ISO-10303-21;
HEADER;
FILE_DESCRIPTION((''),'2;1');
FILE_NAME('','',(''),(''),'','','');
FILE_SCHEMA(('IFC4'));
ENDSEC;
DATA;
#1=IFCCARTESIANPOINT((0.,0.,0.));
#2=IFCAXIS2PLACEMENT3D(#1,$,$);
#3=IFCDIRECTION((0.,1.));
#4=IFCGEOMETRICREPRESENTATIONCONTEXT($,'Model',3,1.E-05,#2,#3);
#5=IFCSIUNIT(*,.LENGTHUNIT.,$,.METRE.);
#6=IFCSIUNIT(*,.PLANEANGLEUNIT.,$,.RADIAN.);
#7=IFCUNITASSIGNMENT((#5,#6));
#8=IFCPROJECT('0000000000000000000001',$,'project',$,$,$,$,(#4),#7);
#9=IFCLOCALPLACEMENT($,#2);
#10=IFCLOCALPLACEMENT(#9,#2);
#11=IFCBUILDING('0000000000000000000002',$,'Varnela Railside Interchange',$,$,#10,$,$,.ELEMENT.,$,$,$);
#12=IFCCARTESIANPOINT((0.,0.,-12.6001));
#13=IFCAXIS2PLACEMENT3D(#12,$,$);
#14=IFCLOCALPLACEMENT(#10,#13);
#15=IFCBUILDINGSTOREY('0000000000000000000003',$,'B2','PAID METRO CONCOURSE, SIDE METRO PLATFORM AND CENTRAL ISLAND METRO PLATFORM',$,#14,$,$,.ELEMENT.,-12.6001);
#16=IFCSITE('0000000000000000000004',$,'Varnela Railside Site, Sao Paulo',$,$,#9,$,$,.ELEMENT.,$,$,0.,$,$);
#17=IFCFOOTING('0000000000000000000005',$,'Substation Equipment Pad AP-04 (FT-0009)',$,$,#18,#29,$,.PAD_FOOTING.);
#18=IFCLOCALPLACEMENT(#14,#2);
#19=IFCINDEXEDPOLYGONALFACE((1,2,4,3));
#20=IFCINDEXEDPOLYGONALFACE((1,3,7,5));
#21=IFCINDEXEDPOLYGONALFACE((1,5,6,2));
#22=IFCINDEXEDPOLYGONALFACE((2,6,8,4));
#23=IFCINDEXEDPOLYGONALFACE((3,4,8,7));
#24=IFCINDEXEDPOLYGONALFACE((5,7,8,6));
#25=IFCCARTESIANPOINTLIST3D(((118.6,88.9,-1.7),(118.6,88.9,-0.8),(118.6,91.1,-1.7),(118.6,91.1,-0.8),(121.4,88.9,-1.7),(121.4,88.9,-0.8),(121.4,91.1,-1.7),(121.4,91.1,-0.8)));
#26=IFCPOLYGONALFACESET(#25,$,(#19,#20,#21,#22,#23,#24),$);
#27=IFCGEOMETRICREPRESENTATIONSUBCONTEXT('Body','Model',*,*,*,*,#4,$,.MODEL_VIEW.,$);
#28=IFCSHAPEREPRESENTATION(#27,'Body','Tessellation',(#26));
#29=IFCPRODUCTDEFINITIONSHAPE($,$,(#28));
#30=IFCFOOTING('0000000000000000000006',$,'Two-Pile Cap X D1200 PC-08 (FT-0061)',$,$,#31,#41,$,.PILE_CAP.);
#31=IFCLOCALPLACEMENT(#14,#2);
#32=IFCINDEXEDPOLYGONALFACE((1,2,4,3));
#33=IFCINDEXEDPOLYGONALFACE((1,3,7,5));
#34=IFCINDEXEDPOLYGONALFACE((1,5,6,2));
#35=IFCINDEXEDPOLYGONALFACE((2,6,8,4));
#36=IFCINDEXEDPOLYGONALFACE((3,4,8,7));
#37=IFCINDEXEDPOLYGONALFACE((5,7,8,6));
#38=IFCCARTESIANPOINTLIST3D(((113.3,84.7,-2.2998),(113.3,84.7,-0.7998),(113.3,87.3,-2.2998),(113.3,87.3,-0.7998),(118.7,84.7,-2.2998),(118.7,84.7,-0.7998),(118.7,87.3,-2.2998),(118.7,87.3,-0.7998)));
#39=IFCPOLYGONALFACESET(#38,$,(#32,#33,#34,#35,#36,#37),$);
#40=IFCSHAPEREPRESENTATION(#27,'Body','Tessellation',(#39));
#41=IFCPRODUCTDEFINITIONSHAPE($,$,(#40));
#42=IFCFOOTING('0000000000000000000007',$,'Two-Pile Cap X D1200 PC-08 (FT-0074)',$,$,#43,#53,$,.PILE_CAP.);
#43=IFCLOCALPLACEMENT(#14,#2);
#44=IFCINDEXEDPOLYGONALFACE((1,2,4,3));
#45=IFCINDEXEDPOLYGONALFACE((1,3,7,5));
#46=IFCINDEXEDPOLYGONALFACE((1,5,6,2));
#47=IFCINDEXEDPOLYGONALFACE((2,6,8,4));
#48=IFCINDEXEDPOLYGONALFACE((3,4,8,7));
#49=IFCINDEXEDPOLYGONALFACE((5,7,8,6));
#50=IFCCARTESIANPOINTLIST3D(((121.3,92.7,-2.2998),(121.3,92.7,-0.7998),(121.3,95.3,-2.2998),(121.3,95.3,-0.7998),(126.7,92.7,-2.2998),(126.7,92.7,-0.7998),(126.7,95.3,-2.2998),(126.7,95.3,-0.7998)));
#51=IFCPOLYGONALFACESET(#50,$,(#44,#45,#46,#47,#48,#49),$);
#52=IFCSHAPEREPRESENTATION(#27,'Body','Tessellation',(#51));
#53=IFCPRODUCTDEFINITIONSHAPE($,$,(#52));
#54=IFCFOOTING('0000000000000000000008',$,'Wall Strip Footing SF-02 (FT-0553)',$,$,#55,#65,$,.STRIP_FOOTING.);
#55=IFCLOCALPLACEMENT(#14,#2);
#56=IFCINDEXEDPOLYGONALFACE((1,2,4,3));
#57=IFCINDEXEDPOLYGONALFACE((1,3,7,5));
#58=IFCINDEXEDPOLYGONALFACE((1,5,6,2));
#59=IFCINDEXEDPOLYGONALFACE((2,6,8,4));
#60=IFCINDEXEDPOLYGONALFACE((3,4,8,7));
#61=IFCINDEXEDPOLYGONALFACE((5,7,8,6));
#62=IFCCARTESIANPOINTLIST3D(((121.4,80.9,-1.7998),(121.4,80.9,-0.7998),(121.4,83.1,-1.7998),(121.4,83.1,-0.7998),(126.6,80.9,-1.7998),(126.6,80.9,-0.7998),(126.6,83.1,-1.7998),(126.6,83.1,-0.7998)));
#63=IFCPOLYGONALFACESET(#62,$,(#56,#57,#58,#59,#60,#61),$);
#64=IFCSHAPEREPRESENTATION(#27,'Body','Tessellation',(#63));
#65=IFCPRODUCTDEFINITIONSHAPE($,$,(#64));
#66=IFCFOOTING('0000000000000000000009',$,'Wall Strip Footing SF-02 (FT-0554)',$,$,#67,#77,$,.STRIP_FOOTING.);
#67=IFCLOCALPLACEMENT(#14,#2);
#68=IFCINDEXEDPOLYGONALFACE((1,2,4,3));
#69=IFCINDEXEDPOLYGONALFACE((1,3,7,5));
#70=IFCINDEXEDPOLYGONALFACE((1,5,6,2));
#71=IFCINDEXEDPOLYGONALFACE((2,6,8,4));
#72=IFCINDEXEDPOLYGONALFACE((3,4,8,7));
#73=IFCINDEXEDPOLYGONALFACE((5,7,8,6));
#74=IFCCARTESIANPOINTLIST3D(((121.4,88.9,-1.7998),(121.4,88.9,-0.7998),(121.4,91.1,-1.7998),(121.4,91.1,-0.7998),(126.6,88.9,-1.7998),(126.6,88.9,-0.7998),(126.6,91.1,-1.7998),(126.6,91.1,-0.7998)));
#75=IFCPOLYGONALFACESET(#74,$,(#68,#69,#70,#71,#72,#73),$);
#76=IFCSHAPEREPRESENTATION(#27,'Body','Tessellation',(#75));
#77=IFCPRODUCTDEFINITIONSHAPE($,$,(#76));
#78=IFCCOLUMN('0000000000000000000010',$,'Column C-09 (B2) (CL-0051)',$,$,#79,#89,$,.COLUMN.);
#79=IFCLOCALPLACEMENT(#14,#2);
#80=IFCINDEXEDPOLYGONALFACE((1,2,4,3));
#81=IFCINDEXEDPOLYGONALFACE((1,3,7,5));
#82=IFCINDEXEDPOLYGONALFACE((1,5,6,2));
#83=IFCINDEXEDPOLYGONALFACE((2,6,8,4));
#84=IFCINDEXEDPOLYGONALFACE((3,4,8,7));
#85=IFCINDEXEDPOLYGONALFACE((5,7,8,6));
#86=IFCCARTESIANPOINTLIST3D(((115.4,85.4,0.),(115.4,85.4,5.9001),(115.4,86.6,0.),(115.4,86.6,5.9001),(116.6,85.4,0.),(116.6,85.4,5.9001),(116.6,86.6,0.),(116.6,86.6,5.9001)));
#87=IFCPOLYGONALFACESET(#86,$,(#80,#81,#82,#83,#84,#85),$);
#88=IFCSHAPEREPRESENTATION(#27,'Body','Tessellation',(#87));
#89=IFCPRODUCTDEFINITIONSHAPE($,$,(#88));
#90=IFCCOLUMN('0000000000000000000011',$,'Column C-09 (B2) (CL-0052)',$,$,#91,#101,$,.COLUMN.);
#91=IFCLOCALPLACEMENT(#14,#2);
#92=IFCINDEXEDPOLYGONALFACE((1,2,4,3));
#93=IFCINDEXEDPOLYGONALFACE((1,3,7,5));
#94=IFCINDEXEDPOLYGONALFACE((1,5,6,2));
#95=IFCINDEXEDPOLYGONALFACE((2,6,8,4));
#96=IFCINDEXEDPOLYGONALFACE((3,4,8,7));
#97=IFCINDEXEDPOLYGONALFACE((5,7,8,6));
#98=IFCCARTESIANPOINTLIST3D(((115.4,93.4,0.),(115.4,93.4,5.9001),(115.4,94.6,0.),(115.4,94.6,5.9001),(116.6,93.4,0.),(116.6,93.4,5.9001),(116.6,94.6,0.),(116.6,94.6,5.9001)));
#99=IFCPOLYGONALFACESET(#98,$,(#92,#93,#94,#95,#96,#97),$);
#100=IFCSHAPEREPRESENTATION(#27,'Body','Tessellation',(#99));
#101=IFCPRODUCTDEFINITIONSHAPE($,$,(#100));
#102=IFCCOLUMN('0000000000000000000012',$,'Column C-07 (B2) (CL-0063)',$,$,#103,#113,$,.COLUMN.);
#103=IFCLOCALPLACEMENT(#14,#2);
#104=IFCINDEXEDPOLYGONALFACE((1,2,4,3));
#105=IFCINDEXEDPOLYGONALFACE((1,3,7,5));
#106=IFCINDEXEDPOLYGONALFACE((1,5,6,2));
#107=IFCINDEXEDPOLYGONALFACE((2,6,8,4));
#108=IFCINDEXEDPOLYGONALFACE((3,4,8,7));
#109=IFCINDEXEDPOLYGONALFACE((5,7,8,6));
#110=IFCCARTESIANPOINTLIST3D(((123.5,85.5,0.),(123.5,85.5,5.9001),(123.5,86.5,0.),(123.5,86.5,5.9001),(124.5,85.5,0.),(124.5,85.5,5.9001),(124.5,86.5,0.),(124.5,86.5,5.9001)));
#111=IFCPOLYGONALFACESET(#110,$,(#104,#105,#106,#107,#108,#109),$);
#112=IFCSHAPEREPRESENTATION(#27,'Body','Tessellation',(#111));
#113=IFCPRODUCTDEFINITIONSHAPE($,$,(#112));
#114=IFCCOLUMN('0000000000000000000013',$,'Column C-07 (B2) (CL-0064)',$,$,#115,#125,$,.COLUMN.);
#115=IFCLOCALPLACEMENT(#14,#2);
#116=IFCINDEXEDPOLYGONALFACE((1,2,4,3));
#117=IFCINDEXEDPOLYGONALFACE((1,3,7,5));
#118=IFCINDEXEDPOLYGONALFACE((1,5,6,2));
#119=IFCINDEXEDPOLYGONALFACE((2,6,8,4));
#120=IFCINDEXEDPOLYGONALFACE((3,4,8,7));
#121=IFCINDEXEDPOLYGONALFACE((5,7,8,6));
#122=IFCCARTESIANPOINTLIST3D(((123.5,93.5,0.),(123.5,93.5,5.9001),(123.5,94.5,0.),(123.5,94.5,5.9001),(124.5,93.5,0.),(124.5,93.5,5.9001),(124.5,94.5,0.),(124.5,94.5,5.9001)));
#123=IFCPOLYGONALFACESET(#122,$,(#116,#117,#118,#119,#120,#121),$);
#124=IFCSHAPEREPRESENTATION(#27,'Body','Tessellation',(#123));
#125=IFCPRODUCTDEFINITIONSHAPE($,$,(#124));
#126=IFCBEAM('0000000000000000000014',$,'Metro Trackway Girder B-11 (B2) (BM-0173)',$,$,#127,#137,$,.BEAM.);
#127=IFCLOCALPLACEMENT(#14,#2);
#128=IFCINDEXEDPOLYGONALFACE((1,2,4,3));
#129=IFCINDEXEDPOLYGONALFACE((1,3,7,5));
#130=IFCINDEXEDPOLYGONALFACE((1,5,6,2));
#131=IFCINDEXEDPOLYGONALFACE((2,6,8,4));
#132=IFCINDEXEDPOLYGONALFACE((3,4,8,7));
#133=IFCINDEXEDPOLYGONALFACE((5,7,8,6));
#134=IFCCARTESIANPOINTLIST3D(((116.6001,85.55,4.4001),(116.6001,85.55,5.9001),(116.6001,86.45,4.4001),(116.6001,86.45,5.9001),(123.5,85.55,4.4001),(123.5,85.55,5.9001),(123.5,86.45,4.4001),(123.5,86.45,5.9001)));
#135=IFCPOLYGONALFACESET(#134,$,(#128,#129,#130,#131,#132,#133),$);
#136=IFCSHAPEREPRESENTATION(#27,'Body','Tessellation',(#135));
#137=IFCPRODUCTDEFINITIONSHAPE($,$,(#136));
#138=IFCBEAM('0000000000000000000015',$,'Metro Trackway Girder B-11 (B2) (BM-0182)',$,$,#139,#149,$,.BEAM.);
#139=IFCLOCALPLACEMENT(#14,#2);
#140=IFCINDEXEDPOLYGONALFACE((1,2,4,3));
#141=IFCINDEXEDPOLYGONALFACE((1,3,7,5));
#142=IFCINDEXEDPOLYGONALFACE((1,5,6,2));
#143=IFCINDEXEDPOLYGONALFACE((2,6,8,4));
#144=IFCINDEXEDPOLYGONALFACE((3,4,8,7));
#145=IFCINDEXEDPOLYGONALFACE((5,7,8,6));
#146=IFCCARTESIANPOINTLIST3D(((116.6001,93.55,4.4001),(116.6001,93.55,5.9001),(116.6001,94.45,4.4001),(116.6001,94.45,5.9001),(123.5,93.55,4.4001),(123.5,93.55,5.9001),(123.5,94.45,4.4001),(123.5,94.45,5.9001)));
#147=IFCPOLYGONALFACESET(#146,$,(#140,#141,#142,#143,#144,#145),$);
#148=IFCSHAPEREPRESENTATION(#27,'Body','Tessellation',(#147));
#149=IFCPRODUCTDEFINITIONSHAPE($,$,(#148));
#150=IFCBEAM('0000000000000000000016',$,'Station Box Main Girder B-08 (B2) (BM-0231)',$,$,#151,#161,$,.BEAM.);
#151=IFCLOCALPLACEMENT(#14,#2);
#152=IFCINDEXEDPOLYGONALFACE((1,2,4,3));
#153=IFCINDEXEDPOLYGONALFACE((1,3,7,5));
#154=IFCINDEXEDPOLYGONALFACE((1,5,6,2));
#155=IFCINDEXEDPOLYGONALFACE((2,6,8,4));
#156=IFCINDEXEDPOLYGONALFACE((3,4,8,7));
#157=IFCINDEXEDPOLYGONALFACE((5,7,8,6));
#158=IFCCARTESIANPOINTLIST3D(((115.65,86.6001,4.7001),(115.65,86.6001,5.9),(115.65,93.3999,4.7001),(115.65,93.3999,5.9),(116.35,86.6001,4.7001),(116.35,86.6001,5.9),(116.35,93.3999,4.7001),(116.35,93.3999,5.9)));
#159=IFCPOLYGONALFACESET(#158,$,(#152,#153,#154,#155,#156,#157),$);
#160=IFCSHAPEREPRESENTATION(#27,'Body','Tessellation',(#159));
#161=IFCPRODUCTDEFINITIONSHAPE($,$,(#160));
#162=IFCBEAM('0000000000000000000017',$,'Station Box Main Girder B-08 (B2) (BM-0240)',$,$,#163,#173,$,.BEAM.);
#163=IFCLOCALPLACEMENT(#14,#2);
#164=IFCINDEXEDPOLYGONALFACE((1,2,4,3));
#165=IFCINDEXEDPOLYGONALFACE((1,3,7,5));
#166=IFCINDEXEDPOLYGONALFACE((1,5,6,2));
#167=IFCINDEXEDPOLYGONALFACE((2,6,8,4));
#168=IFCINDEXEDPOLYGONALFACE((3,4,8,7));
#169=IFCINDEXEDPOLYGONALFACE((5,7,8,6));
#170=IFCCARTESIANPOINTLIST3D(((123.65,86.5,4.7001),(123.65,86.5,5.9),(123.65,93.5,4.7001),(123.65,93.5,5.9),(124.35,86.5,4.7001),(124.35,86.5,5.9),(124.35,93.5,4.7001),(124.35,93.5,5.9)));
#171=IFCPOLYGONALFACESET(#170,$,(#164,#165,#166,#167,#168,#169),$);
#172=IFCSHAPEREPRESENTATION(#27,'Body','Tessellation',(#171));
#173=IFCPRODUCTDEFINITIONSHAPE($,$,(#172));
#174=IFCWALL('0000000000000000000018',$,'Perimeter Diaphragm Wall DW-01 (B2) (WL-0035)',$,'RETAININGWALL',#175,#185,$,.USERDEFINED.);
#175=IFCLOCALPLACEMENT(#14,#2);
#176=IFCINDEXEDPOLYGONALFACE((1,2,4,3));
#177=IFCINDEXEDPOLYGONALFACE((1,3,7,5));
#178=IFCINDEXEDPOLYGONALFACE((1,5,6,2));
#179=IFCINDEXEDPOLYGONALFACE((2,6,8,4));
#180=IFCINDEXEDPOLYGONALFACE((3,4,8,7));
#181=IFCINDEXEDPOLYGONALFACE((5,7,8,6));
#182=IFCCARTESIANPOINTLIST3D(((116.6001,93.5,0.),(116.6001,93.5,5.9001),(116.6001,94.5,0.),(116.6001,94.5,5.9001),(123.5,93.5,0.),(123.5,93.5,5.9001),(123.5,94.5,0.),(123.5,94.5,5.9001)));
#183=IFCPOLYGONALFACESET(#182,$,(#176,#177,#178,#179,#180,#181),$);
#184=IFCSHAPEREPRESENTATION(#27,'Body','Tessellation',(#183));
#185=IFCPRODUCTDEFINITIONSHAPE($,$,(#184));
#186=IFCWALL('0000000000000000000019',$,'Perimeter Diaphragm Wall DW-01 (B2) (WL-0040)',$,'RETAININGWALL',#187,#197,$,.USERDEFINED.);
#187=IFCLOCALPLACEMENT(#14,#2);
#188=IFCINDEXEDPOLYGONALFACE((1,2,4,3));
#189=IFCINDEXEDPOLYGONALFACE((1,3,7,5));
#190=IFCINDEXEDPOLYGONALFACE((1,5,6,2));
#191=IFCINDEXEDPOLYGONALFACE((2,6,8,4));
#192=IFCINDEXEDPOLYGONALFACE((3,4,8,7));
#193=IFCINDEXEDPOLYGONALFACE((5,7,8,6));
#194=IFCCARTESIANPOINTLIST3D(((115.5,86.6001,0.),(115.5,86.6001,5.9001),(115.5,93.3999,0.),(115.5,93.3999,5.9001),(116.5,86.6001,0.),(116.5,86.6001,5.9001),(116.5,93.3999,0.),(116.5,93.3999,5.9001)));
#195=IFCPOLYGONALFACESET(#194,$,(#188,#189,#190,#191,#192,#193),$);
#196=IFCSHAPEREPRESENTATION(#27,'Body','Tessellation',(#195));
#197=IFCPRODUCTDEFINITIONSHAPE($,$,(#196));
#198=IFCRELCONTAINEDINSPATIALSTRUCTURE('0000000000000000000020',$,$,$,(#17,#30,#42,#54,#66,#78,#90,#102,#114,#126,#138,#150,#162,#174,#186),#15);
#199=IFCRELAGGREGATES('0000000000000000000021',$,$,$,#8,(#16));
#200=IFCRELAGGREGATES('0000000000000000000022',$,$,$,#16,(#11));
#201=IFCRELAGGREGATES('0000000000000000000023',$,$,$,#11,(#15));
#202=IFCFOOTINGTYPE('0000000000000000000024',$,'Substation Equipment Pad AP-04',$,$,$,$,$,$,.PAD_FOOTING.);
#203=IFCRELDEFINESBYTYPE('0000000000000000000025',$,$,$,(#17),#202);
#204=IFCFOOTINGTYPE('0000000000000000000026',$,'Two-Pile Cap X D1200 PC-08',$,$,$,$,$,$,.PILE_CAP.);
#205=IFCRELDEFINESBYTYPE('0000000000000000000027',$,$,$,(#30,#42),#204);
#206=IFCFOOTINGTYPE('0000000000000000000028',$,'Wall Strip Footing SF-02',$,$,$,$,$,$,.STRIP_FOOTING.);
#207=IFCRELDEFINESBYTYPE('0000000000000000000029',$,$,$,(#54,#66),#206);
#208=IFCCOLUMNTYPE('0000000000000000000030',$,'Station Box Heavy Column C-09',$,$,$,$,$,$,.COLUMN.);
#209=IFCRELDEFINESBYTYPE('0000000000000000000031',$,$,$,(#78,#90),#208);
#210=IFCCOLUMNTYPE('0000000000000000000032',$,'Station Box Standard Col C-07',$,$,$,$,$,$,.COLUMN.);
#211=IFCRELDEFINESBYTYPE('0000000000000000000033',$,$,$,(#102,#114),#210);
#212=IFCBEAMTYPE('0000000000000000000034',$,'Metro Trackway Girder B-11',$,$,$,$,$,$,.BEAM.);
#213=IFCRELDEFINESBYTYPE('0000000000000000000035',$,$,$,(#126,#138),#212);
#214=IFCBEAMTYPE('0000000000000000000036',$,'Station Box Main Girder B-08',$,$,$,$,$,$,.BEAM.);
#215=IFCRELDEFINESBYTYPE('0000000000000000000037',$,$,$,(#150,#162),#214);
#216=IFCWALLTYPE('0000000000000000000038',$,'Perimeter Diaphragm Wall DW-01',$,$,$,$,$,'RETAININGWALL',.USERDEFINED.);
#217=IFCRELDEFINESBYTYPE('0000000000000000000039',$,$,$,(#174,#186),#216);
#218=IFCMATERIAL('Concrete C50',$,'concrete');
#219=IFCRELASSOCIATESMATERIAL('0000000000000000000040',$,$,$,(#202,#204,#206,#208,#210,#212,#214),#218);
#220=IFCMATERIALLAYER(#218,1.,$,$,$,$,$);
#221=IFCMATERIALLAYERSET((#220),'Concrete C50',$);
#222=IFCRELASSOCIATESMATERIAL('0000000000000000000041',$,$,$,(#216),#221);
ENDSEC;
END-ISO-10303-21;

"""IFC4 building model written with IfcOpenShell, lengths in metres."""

from ifc_helpers import new_model, si_unit, direction, frame, frame_2d, origin, origin_2d, place, context, subcontext, project, spatial, rectangle, extrude, material, layer, layer_set, material_profile, profile_set, type_object, element, save


model = new_model("IFC4")

# Units and contexts
model_context = context("Model", 3, precision=1e-05, world=origin(), true_north=direction((0.0, 1.0)))
body_context = subcontext(model_context, "Body", "Model", "MODEL_VIEW")
ifc_project = project(units=[si_unit("LENGTHUNIT", "METRE"), si_unit("PLANEANGLEUNIT", "RADIAN")], contexts=[model_context])

# Site, building, storey
site_placement = place(None, origin())
site = spatial("IfcSite", under=ifc_project, at=site_placement, Name="Varnela Railside Site, Sao Paulo", CompositionType="ELEMENT", RefElevation=0.0)
building_placement = place(site_placement, origin())
building = spatial("IfcBuilding", under=site, at=building_placement, Name="Varnela Railside Interchange", CompositionType="ELEMENT")
storey_placement = place(building_placement, frame((0.0, 0.0, -12.6001)))
storey = spatial("IfcBuildingStorey", under=building, at=storey_placement, Name="B2", Description="PAID METRO CONCOURSE, SIDE METRO PLATFORM AND CENTRAL ISLAND METRO PLATFORM", CompositionType="ELEMENT", Elevation=-12.6001)

# Footings
ifc_material_1 = material(Name="Concrete C50", Category="concrete")
footing_type_1 = type_object("IfcFootingType", Name="Substation Equipment Pad AP-04", PredefinedType="PAD_FOOTING", material=ifc_material_1)
for number, where, z_axis, x_axis, name in (
    (1, (120.0, 90.0, -1.7), (0.0, 0.0, 1.0), (1.0, 0.0, 0.0), "Substation Equipment Pad AP-04 (FT-0009)"),
):
    element("IfcFooting", number, at=place(storey_placement, frame(where, z_axis=z_axis, x_axis=x_axis)), inside=storey, type_object=footing_type_1, Name=name, PredefinedType="PAD_FOOTING", context=body_context, shape_type="SweptSolid", body=[
        extrude(rectangle(XDim=2.8, YDim=2.2, at=origin_2d()), origin(), (0.0, 0.0, 1.0), 0.8999),
    ])
footing_type_2 = type_object("IfcFootingType", Name="Two-Pile Cap X D1200 PC-08", PredefinedType="PILE_CAP", material=ifc_material_1)
for number, where, z_axis, x_axis, name in (
    (2, (116.0, 86.0, -2.2998), (0.0, 0.0, 1.0), (1.0, 0.0, 0.0), "Two-Pile Cap X D1200 PC-08 (FT-0061)"),
    (3, (124.0, 94.0, -2.2998), (0.0, 0.0, 1.0), (1.0, 0.0, 0.0), "Two-Pile Cap X D1200 PC-08 (FT-0074)"),
):
    element("IfcFooting", number, at=place(storey_placement, frame(where, z_axis=z_axis, x_axis=x_axis)), inside=storey, type_object=footing_type_2, Name=name, PredefinedType="PILE_CAP", context=body_context, shape_type="SweptSolid", body=[
        extrude(rectangle(XDim=5.3999, YDim=2.6001, at=origin_2d()), origin(), (0.0, 0.0, 1.0), 1.5),
    ])
footing_type_3 = type_object("IfcFootingType", Name="Wall Strip Footing SF-02", PredefinedType="STRIP_FOOTING", material=ifc_material_1)
for number, where, z_axis, x_axis, name in (
    (4, (124.0, 82.0, -1.7998), (0.0, 0.0, 1.0), (1.0, 0.0, 0.0), "Wall Strip Footing SF-02 (FT-0553)"),
    (5, (124.0, 90.0, -1.7998), (0.0, 0.0, 1.0), (1.0, 0.0, 0.0), "Wall Strip Footing SF-02 (FT-0554)"),
):
    element("IfcFooting", number, at=place(storey_placement, frame(where, z_axis=z_axis, x_axis=x_axis)), inside=storey, type_object=footing_type_3, Name=name, PredefinedType="STRIP_FOOTING", context=body_context, shape_type="SweptSolid", body=[
        extrude(rectangle(XDim=5.2, YDim=2.2, at=origin_2d()), origin(), (0.0, 0.0, 1.0), 1.0),
    ])

# Columns
ifc_material_profile_1 = material_profile(ifc_material_1, rectangle(XDim=1.2, YDim=1.2, at=origin_2d()), Name="RC 1200x1200")
ifc_profile_set_1 = profile_set([ifc_material_profile_1], Name="Concrete C50")
column_type_1 = type_object("IfcColumnType", Name="Station Box Heavy Column C-09", PredefinedType="COLUMN", material=ifc_profile_set_1)
for number, where, z_axis, x_axis, name in (
    (6, (116.0, 86.0, 0.0), (0.0, 0.0, 1.0), (1.0, 0.0, 0.0), "Column C-09 (B2) (CL-0051)"),
    (7, (116.0, 94.0, 0.0), (0.0, 0.0, 1.0), (1.0, 0.0, 0.0), "Column C-09 (B2) (CL-0052)"),
):
    element("IfcColumn", number, at=place(storey_placement, frame(where, z_axis=z_axis, x_axis=x_axis)), inside=storey, type_object=column_type_1, Name=name, PredefinedType="COLUMN", context=body_context, shape_type="SweptSolid", body=[
        extrude(rectangle(XDim=1.2, YDim=1.2, at=origin_2d()), origin(), (0.0, 0.0, 1.0), 5.9001),
    ])
ifc_material_profile_2 = material_profile(ifc_material_1, rectangle(XDim=1.0, YDim=1.0, at=origin_2d()), Name="RC 1000x1000")
ifc_profile_set_2 = profile_set([ifc_material_profile_2], Name="Concrete C50")
column_type_2 = type_object("IfcColumnType", Name="Station Box Standard Col C-07", PredefinedType="COLUMN", material=ifc_profile_set_2)
for number, where, z_axis, x_axis, name in (
    (8, (124.0, 86.0, 0.0), (0.0, 0.0, 1.0), (1.0, 0.0, 0.0), "Column C-07 (B2) (CL-0063)"),
    (9, (124.0, 94.0, 0.0), (0.0, 0.0, 1.0), (1.0, 0.0, 0.0), "Column C-07 (B2) (CL-0064)"),
):
    element("IfcColumn", number, at=place(storey_placement, frame(where, z_axis=z_axis, x_axis=x_axis)), inside=storey, type_object=column_type_2, Name=name, PredefinedType="COLUMN", context=body_context, shape_type="SweptSolid", body=[
        extrude(rectangle(XDim=1.0, YDim=1.0, at=origin_2d()), origin(), (0.0, 0.0, 1.0), 5.9001),
    ])

# Beams
ifc_material_profile_3 = material_profile(ifc_material_1, rectangle(XDim=0.8999, YDim=1.5, at=origin_2d()), Name="RC 900x1500")
ifc_profile_set_3 = profile_set([ifc_material_profile_3], Name="Concrete C50")
beam_type_1 = type_object("IfcBeamType", Name="Metro Trackway Girder B-11", PredefinedType="BEAM", material=ifc_profile_set_3)
for number, where, z_axis, x_axis, name in (
    (10, (116.6001, 86.0, 5.1501), (1.0, 0.0, 0.0), (0.0, 1.0, 0.0), "Metro Trackway Girder B-11 (B2) (BM-0173)"),
    (11, (116.6001, 94.0, 5.1501), (1.0, 0.0, 0.0), (0.0, 1.0, 0.0), "Metro Trackway Girder B-11 (B2) (BM-0182)"),
):
    element("IfcBeam", number, at=place(storey_placement, frame(where, z_axis=z_axis, x_axis=x_axis)), inside=storey, type_object=beam_type_1, Name=name, PredefinedType="BEAM", context=body_context, shape_type="SweptSolid", body=[
        extrude(rectangle(XDim=0.8999, YDim=1.5, at=origin_2d()), origin(), (0.0, 0.0, 1.0), 6.8999),
    ])
ifc_material_profile_4 = material_profile(ifc_material_1, rectangle(XDim=0.7, YDim=1.2, at=origin_2d()), Name="RC 700x1200")
ifc_profile_set_4 = profile_set([ifc_material_profile_4], Name="Concrete C50")
beam_type_2 = type_object("IfcBeamType", Name="Station Box Main Girder B-08", PredefinedType="BEAM", material=ifc_profile_set_4)
beam_1_placement = place(storey_placement, frame((116.0, 86.6001, 5.3), z_axis=(0.0, 1.0, 0.0), x_axis=(-1.0, 0.0, 0.0)))
element("IfcBeam", 12, at=beam_1_placement, inside=storey, type_object=beam_type_2, Name="Station Box Main Girder B-08 (B2) (BM-0231)", PredefinedType="BEAM", context=body_context, shape_type="SweptSolid", body=[
    extrude(rectangle(XDim=0.7, YDim=1.2, at=origin_2d()), origin(), (0.0, 0.0, 1.0), 6.7998),
])
beam_2_placement = place(storey_placement, frame((124.0, 86.5, 5.3), z_axis=(0.0, 1.0, 0.0), x_axis=(-1.0, 0.0, 0.0)))
element("IfcBeam", 13, at=beam_2_placement, inside=storey, type_object=beam_type_2, Name="Station Box Main Girder B-08 (B2) (BM-0240)", PredefinedType="BEAM", context=body_context, shape_type="SweptSolid", body=[
    extrude(rectangle(XDim=0.7, YDim=1.2, at=origin_2d()), origin(), (0.0, 0.0, 1.0), 7.0),
])

# Walls
ifc_layer = layer(ifc_material_1, 1.0)
ifc_layer_set = layer_set([ifc_layer], Name="Concrete C50")
wall_type = type_object("IfcWallType", Name="Perimeter Diaphragm Wall DW-01", ElementType="RETAININGWALL", PredefinedType="USERDEFINED", material=ifc_layer_set)
wall_placement = place(storey_placement, frame((123.5, 94.0, 0.0), z_axis=(0.0, 0.0, 1.0), x_axis=(-1.0, 0.0, 0.0)))
element("IfcWall", 14, at=wall_placement, inside=storey, type_object=wall_type, Name="Perimeter Diaphragm Wall DW-01 (B2) (WL-0035)", ObjectType="RETAININGWALL", PredefinedType="USERDEFINED", context=body_context, shape_type="SweptSolid", body=[
    extrude(rectangle(XDim=6.8999, YDim=1.0, at=frame_2d((3.45, 0.0))), origin(), (0.0, 0.0, 1.0), 5.9001),
])
for number, where, z_axis, x_axis, name in (
    (15, (116.0, 93.3999, 0.0), (0.0, 0.0, 1.0), (0.0, -1.0, 0.0), "Perimeter Diaphragm Wall DW-01 (B2) (WL-0040)"),
):
    element("IfcWall", number, at=place(storey_placement, frame(where, z_axis=z_axis, x_axis=x_axis)), inside=storey, type_object=wall_type, Name=name, ObjectType="RETAININGWALL", PredefinedType="USERDEFINED", context=body_context, shape_type="SweptSolid", body=[
        extrude(rectangle(XDim=6.7998, YDim=1.0, at=frame_2d((3.3999, 0.0))), origin(), (0.0, 0.0, 1.0), 5.9001),
    ])

save(model, "model.ifc")
